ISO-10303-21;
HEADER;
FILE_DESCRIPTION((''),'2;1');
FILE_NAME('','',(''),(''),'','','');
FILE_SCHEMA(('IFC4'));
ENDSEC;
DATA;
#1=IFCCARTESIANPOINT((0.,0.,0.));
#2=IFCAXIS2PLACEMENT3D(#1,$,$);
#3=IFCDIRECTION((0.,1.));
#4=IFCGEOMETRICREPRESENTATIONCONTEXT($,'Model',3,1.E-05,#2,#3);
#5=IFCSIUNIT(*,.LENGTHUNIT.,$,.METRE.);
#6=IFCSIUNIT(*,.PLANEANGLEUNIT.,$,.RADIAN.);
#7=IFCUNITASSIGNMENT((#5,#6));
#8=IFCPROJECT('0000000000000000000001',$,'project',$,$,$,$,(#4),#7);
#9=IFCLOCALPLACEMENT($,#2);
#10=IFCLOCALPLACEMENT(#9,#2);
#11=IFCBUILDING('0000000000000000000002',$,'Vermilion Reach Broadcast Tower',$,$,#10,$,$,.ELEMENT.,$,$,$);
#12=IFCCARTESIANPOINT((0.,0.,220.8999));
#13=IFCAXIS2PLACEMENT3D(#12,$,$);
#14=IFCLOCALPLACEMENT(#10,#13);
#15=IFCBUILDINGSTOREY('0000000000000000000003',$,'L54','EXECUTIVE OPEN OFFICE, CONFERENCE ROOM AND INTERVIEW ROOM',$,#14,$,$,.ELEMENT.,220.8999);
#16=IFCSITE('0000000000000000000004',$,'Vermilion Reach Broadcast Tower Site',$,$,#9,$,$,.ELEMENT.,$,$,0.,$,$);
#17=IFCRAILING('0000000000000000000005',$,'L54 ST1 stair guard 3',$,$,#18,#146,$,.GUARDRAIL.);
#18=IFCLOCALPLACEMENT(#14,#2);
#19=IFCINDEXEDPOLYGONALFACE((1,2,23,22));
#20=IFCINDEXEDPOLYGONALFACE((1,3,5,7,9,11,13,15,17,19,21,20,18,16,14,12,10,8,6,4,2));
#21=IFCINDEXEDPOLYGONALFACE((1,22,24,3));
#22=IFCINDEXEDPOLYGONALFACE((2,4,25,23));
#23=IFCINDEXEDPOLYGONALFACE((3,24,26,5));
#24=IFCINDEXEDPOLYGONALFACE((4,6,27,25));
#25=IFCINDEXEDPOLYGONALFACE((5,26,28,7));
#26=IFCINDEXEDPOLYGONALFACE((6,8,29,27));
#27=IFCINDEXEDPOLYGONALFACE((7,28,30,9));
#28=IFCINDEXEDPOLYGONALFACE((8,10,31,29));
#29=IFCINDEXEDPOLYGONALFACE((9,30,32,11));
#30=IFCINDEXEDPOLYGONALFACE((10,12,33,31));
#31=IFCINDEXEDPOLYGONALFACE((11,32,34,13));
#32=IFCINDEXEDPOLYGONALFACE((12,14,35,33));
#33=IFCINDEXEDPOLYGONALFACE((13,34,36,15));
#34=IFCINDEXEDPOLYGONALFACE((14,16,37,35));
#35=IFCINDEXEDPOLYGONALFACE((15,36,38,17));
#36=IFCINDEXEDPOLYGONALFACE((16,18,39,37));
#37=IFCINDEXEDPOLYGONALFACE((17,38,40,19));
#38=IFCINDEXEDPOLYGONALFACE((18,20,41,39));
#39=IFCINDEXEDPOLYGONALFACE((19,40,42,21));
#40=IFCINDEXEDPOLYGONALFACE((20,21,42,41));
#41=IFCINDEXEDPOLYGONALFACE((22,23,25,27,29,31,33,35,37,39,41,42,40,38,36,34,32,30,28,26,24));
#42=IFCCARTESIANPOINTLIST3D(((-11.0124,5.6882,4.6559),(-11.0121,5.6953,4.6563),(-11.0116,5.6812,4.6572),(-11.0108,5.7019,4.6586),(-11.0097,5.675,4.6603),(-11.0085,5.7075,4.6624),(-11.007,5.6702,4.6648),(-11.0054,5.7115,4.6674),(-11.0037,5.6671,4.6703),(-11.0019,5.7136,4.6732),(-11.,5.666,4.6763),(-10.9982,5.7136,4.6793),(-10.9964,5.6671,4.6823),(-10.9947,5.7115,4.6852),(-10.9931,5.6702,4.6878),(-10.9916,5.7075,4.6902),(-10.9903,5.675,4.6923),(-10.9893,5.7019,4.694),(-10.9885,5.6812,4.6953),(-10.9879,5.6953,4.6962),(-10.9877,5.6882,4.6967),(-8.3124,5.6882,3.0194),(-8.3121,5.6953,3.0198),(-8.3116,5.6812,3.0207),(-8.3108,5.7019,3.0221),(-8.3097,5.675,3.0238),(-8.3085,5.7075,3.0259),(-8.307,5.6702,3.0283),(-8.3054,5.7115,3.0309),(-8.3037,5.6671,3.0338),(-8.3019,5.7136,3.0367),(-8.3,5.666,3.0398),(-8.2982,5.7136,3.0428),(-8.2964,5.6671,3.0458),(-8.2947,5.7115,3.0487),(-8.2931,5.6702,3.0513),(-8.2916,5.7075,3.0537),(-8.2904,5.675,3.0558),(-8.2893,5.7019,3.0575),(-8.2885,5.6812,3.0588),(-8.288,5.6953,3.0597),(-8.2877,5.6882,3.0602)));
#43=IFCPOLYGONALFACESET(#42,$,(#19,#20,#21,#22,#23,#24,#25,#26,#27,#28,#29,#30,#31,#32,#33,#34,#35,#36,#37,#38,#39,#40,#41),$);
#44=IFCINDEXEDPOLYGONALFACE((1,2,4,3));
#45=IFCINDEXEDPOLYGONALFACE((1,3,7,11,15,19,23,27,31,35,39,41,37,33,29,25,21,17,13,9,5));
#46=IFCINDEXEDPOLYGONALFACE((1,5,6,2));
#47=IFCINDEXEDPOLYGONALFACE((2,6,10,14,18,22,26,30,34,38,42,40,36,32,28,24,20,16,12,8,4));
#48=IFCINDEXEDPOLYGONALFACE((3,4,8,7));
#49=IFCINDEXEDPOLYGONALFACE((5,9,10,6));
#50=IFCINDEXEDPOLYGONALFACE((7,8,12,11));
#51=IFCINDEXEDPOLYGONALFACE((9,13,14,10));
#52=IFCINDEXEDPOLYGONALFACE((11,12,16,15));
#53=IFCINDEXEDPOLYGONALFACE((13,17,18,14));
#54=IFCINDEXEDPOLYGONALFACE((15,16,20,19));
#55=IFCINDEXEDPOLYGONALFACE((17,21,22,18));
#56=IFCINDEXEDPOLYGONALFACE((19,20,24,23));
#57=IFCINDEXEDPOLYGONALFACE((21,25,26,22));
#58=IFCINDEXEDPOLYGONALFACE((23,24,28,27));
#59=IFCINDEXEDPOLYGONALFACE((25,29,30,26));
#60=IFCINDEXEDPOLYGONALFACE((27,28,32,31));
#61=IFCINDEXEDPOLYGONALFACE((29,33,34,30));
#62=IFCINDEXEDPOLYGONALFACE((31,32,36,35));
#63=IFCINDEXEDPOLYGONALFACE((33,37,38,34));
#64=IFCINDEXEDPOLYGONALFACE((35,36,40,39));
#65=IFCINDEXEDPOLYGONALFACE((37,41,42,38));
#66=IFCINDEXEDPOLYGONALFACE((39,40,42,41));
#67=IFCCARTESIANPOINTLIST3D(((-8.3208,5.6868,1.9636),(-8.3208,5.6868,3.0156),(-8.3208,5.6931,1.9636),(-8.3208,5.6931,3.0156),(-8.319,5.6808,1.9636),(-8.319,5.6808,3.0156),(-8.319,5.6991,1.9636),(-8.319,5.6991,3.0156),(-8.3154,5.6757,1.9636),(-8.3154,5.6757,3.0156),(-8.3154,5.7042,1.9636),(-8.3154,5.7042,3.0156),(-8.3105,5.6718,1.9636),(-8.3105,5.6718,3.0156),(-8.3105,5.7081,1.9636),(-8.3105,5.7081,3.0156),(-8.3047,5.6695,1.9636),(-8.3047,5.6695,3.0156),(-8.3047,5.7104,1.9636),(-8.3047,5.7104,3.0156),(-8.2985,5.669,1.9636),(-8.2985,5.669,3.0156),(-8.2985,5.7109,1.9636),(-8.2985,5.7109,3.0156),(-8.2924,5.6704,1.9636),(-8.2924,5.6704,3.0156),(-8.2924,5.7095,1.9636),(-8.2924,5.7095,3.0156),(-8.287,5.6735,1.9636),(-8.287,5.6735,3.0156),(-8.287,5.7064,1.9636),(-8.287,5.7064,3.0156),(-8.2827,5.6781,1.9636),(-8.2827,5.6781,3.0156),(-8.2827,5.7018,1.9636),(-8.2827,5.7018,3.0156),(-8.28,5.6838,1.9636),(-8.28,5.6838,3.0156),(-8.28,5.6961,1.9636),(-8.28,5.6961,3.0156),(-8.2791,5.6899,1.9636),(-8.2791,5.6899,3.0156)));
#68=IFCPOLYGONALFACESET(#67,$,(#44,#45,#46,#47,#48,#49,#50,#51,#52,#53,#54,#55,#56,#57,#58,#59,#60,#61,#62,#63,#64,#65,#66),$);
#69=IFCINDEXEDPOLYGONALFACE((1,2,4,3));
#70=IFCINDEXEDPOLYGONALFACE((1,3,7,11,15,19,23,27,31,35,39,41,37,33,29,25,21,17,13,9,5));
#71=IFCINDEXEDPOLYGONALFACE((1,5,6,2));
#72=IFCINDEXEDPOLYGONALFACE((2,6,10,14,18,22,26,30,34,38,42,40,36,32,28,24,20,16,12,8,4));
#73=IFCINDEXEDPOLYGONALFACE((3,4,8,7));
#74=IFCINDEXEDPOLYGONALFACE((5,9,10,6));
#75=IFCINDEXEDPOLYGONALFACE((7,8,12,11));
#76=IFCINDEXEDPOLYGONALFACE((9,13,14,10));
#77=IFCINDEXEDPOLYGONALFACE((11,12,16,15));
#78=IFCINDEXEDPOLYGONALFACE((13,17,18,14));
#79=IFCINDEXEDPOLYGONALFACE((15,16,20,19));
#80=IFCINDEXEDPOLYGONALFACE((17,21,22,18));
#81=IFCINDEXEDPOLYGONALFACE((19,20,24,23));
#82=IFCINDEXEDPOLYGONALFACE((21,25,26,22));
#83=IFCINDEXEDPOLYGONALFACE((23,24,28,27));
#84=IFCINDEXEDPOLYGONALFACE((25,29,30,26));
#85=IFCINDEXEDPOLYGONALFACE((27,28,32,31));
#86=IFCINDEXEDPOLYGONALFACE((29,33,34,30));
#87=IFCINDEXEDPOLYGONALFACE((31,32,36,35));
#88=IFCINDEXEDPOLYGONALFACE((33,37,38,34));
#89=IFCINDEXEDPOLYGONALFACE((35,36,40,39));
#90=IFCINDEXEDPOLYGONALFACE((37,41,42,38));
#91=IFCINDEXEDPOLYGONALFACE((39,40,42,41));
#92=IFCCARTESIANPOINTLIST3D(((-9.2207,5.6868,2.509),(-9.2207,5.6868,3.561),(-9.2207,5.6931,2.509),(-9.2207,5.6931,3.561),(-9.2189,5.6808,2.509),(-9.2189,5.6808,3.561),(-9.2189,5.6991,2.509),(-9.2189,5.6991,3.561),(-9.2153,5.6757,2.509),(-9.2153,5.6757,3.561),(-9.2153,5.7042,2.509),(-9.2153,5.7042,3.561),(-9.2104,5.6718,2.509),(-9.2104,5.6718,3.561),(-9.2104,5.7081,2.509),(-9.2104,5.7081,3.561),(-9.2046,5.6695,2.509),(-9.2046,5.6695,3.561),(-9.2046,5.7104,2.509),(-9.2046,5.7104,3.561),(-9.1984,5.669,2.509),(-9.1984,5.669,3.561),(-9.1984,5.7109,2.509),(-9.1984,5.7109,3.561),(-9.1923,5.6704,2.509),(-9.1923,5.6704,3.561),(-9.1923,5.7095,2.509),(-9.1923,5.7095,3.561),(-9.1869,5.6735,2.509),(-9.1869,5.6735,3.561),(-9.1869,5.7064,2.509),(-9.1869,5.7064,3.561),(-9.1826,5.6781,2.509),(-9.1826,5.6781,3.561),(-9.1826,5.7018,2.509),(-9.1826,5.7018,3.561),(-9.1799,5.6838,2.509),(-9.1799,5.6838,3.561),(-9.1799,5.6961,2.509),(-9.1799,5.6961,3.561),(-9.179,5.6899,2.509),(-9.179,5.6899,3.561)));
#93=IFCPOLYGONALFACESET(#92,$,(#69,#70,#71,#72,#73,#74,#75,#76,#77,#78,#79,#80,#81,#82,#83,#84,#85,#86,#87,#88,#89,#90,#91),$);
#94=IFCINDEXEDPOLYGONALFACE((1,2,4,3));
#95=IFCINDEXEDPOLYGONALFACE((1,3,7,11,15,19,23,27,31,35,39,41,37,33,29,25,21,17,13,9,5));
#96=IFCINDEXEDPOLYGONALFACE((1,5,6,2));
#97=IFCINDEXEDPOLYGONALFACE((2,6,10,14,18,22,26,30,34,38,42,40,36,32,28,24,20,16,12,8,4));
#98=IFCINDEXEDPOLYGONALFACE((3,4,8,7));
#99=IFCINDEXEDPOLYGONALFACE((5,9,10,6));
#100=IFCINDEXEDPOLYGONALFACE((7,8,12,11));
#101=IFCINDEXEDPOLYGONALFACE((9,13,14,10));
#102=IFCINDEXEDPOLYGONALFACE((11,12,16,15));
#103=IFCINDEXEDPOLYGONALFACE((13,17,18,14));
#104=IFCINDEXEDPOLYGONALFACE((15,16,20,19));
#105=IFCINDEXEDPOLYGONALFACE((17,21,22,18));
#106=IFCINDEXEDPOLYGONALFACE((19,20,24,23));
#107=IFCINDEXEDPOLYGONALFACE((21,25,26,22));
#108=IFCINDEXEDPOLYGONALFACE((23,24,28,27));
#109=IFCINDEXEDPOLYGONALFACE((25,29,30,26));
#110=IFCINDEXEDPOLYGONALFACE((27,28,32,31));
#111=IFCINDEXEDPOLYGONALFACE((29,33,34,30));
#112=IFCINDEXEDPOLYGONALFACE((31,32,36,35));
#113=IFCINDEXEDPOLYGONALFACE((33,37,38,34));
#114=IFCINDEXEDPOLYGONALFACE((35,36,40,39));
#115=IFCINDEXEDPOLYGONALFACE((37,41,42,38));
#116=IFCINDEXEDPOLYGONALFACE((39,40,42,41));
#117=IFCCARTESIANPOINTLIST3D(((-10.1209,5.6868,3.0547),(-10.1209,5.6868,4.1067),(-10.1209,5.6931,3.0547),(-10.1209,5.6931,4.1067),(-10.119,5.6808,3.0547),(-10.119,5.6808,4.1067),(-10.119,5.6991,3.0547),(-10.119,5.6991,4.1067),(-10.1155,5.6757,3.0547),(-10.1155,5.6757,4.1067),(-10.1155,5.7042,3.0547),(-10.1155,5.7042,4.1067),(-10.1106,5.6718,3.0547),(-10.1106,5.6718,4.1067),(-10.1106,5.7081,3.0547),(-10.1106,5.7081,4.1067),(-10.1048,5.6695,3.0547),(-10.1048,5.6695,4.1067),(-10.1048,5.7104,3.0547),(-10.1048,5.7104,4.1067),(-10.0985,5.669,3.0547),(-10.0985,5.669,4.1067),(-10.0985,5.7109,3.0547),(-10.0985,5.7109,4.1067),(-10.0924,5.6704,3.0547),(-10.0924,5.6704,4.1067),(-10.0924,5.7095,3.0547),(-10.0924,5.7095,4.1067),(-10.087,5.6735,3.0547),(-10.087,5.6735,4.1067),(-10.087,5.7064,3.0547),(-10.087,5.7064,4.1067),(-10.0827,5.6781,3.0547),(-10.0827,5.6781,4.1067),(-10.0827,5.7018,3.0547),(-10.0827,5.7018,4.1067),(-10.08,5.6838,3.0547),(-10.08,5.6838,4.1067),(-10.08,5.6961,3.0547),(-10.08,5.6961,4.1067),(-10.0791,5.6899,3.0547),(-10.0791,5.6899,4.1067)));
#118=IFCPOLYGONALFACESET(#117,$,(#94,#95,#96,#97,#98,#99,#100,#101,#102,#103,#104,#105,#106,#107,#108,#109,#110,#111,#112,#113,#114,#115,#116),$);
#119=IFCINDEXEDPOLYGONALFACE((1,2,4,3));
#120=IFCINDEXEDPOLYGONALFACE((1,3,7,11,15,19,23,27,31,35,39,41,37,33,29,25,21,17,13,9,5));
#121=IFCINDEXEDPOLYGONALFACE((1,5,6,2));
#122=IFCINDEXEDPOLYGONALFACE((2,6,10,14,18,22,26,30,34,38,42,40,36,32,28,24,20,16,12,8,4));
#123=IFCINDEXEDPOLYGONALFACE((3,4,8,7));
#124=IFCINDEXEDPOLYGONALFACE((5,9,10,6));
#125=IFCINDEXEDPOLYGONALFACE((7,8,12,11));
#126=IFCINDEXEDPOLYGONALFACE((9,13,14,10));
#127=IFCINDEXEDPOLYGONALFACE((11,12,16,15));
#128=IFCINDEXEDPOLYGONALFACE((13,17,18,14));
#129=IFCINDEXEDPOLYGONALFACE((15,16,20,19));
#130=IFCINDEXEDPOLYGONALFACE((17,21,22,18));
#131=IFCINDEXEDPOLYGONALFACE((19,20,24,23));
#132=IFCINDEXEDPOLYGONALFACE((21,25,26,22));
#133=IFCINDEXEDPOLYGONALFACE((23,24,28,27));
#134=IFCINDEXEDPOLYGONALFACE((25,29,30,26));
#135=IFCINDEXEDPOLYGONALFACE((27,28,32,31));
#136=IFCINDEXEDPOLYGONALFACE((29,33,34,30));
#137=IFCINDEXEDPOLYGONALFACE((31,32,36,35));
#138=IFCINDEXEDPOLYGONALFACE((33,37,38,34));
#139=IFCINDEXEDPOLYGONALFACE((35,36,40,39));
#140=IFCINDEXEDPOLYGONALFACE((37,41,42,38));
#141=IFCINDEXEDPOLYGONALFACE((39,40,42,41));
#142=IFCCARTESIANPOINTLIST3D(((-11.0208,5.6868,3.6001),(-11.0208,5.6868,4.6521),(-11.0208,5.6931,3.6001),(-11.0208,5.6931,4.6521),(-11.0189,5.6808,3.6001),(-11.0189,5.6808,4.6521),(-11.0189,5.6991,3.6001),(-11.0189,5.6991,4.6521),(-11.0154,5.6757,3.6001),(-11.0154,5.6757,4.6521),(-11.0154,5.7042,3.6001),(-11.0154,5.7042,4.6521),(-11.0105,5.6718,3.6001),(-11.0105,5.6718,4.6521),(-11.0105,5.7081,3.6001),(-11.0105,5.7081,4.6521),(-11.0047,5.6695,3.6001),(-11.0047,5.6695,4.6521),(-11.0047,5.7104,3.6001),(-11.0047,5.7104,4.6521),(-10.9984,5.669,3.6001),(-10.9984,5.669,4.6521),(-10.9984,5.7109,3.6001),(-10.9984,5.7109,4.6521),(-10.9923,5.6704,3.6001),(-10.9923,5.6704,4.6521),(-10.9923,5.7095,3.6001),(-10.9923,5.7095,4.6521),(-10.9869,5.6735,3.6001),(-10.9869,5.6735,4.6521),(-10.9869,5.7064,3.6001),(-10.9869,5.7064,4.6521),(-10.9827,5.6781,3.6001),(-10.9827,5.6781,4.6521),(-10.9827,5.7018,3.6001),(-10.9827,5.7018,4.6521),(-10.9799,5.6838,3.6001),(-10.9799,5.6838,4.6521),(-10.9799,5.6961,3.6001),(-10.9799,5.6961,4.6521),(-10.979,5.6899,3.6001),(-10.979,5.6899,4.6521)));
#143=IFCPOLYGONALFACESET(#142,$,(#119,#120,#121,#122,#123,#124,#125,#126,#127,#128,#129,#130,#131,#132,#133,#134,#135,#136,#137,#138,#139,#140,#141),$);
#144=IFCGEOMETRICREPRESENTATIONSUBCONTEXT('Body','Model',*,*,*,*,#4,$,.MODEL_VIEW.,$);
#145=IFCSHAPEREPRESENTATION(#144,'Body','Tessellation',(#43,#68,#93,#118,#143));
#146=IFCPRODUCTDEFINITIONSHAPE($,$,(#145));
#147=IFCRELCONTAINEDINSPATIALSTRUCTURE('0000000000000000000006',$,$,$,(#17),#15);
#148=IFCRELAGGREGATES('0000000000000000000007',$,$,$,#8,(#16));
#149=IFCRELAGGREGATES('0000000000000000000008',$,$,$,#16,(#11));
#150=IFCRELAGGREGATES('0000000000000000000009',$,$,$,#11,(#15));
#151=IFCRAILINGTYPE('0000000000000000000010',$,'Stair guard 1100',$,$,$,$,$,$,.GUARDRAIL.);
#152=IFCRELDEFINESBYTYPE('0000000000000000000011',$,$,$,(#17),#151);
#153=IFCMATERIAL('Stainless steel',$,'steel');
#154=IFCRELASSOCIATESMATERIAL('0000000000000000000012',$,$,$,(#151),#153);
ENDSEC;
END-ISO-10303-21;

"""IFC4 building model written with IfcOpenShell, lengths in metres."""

from ifc_helpers import new_model, si_unit, direction, frame, origin, origin_2d, place, context, subcontext, project, spatial, circle, extrude, material, type_object, element, save


model = new_model("IFC4")

# Units and contexts
model_context = context("Model", 3, precision=1e-05, world=origin(), true_north=direction((0.0, 1.0)))
body_context = subcontext(model_context, "Body", "Model", "MODEL_VIEW")
ifc_project = project(units=[si_unit("LENGTHUNIT", "METRE"), si_unit("PLANEANGLEUNIT", "RADIAN")], contexts=[model_context])

# Site, building, storey
site_placement = place(None, origin())
site = spatial("IfcSite", under=ifc_project, at=site_placement, Name="Vermilion Reach Broadcast Tower Site", CompositionType="ELEMENT", RefElevation=0.0)
building_placement = place(site_placement, origin())
building = spatial("IfcBuilding", under=site, at=building_placement, Name="Vermilion Reach Broadcast Tower", CompositionType="ELEMENT")
storey_placement = place(building_placement, frame((0.0, 0.0, 220.8999)))
storey = spatial("IfcBuildingStorey", under=building, at=storey_placement, Name="L54", Description="EXECUTIVE OPEN OFFICE, CONFERENCE ROOM AND INTERVIEW ROOM", CompositionType="ELEMENT", Elevation=220.8999)

# Railing
ifc_material_1 = material(Name="Stainless steel", Category="steel")
railing_type_1 = type_object("IfcRailingType", Name="Stair guard 1100", PredefinedType="GUARDRAIL", material=ifc_material_1)
railing_1_placement = place(storey_placement, frame((-8.3, 5.6899, 1.9636)))
element("IfcRailing", 1, at=railing_1_placement, inside=storey, type_object=railing_type_1, Name="L54 ST1 stair guard 3", PredefinedType="GUARDRAIL", context=body_context, shape_type="SweptSolid", body=[
    extrude(circle(Radius=0.0239, at=origin_2d()), frame((0.0, 0.0, 1.0762), z_axis=(-0.855178, 0.0, 0.518334), x_axis=(0.0, -1.0, 0.0)), (0.0, 0.0, 1.0), 3.1572),
    extrude(circle(Radius=0.021, at=origin_2d()), origin(), (0.0, 0.0, 1.0), 1.052),
    extrude(circle(Radius=0.021, at=origin_2d()), frame((-0.8999, 0.0, 0.5454)), (0.0, 0.0, 1.0), 1.052),
    extrude(circle(Radius=0.021, at=origin_2d()), frame((-1.8, 0.0, 1.0911)), (0.0, 0.0, 1.0), 1.052),
    extrude(circle(Radius=0.021, at=origin_2d()), frame((-2.7, 0.0, 1.6365)), (0.0, 0.0, 1.0), 1.052),
])

save(model, "model.ifc")
